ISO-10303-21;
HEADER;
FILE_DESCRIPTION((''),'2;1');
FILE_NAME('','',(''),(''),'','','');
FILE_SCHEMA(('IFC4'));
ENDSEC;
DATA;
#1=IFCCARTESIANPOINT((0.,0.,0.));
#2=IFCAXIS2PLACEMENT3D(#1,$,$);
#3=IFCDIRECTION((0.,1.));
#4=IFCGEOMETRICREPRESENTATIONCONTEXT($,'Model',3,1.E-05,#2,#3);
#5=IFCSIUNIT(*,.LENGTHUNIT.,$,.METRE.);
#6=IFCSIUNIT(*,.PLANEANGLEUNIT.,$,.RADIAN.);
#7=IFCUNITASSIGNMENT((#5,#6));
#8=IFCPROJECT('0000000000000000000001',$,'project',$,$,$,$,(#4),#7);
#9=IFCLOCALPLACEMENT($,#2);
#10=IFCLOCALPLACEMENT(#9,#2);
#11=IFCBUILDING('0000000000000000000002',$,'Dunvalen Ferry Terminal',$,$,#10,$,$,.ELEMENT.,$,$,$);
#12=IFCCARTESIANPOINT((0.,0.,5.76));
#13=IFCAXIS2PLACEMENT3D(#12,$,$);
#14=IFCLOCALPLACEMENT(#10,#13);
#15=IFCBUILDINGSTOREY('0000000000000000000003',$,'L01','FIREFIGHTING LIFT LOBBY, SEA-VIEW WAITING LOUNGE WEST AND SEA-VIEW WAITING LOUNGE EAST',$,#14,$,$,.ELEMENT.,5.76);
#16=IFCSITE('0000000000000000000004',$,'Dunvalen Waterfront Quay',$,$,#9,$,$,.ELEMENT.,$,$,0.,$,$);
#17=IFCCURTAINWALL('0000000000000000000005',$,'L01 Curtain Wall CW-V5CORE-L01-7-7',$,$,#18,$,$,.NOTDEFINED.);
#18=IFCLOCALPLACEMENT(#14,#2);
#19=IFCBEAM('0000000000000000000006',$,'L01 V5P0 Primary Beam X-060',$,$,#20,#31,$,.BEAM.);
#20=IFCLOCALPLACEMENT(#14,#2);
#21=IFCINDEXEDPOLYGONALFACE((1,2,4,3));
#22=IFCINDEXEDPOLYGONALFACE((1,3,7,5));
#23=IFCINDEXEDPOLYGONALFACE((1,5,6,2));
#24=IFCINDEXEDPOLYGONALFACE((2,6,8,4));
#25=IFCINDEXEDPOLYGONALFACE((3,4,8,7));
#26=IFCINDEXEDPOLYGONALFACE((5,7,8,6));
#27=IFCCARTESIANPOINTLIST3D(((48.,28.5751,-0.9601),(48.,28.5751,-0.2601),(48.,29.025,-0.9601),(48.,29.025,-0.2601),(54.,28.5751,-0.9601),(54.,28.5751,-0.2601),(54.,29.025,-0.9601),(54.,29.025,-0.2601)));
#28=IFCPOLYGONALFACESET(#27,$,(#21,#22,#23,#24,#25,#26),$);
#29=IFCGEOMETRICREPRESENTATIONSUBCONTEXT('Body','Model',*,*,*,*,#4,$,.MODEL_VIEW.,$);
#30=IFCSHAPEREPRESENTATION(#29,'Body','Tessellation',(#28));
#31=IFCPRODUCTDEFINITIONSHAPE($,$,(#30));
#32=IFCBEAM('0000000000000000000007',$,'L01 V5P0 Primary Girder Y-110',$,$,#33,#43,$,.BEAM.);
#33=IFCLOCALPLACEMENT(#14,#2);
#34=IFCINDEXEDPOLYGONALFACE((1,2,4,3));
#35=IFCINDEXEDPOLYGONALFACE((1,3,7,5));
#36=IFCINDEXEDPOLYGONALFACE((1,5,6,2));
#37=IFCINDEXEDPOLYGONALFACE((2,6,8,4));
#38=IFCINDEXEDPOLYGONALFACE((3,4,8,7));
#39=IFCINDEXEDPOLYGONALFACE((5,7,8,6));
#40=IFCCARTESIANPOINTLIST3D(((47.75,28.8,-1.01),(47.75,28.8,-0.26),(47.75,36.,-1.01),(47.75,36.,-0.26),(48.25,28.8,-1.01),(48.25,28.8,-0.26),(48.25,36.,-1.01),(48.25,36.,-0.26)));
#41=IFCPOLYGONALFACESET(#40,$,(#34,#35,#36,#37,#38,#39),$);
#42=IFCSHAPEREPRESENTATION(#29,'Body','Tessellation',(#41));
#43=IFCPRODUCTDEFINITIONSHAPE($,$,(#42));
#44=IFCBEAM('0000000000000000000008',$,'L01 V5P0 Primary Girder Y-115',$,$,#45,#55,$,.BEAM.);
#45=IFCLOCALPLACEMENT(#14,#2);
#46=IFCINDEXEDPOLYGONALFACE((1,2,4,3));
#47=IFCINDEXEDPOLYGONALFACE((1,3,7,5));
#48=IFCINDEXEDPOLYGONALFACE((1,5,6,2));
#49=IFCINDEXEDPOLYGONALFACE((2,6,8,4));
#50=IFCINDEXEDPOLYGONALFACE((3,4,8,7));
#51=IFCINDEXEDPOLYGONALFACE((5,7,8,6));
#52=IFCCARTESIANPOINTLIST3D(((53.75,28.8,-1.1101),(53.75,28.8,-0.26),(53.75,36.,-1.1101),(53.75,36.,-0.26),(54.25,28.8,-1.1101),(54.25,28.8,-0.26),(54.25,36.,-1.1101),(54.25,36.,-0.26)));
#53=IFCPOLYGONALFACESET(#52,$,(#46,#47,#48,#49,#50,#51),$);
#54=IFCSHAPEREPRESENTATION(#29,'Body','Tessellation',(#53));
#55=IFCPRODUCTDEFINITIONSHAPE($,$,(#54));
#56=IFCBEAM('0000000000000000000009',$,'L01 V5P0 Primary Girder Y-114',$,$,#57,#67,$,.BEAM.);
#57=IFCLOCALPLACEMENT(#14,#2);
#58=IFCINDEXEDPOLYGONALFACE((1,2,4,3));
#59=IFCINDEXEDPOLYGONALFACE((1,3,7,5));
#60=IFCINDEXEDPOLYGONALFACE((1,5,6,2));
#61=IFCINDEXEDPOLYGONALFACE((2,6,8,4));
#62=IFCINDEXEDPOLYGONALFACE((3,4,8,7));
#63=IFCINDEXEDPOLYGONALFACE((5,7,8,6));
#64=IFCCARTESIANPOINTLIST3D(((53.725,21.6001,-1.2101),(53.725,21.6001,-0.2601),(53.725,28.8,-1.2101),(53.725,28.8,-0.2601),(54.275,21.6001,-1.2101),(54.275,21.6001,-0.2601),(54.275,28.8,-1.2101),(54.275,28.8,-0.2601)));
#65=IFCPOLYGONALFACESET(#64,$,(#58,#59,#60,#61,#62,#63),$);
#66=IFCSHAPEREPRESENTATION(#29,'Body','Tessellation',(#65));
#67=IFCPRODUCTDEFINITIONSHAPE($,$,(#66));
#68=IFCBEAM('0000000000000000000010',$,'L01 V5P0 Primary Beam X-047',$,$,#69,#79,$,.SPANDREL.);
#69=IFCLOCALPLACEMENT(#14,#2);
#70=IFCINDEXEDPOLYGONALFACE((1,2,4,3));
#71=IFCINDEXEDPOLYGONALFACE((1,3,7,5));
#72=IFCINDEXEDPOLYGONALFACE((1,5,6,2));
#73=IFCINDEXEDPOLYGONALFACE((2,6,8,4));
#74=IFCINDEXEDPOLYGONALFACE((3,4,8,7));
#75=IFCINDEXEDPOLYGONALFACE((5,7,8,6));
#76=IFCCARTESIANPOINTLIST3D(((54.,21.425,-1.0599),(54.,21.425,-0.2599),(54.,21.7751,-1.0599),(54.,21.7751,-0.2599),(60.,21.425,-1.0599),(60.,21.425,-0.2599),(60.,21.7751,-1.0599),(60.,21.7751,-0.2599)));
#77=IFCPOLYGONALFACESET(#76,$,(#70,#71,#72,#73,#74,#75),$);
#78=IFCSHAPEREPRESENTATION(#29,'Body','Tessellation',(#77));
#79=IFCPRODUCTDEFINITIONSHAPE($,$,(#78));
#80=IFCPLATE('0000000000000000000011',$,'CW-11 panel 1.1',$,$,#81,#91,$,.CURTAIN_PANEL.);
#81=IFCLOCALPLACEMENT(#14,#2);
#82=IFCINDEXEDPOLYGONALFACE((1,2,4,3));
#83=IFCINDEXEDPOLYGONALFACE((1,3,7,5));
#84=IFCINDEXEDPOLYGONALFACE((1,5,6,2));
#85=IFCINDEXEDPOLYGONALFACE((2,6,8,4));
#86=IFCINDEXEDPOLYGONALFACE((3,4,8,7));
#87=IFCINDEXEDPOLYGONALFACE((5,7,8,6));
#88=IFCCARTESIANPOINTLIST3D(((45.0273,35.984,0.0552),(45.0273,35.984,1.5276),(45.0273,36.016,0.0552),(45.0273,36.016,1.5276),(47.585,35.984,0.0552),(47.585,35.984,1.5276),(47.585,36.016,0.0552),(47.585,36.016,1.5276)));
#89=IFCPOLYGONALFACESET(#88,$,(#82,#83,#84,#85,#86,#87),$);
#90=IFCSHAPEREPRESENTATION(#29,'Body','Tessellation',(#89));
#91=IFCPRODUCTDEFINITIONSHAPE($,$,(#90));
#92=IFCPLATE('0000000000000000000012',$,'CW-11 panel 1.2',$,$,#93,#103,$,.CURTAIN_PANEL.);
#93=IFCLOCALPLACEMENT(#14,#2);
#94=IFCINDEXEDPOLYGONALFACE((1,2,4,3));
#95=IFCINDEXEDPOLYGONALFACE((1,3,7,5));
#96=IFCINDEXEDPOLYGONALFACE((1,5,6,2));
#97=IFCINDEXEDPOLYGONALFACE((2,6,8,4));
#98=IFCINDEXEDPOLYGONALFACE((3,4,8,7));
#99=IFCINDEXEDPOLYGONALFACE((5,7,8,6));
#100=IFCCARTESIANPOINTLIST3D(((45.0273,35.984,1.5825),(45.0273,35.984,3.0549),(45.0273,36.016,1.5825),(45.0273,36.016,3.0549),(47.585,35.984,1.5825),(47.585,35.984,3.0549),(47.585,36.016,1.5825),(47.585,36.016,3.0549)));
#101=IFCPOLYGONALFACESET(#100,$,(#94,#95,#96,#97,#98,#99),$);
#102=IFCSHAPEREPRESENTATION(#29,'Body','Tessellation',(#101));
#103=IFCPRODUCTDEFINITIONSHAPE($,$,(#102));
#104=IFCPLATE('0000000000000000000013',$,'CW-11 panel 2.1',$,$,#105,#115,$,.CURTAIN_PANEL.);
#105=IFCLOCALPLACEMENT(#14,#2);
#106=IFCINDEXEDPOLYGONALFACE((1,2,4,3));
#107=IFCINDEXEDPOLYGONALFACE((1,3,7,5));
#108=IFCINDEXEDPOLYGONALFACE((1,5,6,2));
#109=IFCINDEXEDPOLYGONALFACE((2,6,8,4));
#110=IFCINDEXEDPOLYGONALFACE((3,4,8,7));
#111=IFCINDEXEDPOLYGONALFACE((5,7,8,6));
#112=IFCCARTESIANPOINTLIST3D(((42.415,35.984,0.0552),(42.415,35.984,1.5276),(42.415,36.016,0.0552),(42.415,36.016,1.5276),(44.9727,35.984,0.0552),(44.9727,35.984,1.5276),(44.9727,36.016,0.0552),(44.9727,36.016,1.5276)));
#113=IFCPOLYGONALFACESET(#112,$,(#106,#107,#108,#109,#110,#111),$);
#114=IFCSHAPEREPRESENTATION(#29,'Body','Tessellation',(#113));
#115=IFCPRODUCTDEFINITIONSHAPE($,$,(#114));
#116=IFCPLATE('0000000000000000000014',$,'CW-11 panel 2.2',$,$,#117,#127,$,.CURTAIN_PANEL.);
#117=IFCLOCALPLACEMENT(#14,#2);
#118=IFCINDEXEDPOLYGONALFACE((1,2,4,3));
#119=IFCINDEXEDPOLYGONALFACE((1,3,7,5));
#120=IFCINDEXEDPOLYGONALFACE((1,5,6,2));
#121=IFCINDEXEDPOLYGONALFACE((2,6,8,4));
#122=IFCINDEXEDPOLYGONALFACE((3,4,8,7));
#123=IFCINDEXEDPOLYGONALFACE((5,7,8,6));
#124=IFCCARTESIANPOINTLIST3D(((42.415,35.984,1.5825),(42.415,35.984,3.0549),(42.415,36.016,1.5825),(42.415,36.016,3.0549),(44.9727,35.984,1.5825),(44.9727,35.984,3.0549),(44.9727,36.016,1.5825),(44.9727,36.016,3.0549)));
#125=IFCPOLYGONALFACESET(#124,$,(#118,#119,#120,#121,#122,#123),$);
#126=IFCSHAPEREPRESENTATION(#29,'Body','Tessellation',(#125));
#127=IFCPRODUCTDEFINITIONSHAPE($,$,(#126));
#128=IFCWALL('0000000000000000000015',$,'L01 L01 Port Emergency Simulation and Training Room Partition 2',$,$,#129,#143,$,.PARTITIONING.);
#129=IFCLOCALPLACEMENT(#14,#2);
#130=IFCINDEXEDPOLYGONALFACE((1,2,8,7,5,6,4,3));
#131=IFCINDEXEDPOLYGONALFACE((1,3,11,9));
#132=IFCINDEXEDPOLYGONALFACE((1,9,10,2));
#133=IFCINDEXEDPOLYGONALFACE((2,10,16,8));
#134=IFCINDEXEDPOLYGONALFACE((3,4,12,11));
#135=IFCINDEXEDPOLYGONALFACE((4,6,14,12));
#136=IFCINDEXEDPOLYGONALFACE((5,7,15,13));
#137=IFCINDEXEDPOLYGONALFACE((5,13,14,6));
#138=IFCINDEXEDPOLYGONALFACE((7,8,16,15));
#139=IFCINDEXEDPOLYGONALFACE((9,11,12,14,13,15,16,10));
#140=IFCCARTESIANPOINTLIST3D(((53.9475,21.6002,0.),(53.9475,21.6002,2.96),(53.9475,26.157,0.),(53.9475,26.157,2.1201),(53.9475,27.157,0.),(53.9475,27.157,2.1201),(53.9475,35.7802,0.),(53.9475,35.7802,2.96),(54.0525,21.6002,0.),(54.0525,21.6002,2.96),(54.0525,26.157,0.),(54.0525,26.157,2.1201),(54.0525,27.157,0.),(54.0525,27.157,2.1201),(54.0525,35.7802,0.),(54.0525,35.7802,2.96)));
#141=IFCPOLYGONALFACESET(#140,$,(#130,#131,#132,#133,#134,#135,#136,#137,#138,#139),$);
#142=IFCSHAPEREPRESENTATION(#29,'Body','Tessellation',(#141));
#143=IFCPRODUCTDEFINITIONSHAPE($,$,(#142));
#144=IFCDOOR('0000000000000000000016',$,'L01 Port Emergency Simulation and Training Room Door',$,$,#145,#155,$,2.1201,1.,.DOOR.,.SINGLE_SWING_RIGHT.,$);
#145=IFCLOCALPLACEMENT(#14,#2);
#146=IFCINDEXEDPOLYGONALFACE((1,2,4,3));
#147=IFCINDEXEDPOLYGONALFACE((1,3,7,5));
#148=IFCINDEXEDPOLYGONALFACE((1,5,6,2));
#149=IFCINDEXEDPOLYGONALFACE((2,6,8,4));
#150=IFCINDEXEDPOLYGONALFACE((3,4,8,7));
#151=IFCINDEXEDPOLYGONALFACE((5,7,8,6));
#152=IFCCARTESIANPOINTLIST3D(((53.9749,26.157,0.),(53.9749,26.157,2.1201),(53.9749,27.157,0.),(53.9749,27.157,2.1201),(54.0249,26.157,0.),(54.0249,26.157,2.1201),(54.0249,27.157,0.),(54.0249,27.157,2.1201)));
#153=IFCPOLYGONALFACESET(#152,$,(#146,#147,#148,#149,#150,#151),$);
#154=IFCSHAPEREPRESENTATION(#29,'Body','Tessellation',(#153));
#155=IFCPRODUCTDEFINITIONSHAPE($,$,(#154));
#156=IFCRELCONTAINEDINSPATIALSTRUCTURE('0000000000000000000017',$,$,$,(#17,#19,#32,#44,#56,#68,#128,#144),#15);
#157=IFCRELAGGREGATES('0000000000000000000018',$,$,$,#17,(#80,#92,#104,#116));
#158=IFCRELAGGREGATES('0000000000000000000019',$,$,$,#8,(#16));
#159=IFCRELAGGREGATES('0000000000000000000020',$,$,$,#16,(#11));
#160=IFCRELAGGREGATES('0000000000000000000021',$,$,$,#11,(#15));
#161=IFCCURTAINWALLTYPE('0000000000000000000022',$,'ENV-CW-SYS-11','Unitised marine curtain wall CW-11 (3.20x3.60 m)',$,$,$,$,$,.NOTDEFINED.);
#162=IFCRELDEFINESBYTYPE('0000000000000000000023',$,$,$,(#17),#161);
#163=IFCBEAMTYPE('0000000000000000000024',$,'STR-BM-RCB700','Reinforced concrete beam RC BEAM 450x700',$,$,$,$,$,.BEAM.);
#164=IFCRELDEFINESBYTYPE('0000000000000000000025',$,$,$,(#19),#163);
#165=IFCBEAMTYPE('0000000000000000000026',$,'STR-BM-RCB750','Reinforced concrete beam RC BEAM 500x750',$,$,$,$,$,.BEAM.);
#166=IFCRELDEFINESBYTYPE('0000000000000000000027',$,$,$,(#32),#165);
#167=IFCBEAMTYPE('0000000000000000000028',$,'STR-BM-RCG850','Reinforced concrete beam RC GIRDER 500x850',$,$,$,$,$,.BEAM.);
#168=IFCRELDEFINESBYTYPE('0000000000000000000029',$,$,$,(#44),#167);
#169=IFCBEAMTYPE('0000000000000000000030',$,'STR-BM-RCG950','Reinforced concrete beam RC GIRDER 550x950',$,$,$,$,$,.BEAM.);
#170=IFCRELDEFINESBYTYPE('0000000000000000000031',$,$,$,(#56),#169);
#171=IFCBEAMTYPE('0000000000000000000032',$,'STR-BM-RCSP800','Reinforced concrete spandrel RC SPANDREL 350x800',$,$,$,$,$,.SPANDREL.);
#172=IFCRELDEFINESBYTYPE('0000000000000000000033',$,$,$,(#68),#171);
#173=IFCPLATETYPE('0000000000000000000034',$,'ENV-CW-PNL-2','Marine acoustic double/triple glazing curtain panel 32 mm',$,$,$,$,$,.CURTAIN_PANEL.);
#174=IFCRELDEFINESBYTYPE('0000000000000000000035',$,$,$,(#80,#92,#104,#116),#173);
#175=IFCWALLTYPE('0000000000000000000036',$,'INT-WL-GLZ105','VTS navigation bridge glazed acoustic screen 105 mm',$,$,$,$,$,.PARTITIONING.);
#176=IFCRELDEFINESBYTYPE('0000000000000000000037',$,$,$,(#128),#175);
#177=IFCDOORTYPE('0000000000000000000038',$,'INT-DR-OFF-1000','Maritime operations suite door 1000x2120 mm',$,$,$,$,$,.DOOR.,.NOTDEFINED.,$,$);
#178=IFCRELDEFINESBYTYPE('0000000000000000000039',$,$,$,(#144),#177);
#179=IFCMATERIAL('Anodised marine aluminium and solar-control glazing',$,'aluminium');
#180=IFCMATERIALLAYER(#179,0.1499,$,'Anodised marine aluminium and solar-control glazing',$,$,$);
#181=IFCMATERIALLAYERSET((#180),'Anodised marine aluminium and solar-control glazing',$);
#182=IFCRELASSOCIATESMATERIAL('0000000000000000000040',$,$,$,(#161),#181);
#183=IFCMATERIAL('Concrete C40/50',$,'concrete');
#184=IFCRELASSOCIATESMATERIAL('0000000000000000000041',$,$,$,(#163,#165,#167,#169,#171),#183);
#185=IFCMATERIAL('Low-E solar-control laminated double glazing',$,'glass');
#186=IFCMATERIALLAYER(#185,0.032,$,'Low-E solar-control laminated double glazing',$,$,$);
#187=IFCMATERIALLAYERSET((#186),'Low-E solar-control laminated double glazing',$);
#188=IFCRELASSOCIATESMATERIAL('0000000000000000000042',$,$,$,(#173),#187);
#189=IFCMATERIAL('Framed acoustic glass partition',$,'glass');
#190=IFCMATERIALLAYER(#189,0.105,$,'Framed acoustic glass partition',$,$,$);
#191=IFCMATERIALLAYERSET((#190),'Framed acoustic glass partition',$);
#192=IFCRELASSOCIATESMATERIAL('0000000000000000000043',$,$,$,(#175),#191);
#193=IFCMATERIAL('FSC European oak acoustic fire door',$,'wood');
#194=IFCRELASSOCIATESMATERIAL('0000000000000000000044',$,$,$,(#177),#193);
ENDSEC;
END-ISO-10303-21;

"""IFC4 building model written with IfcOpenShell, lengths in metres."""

from ifc_helpers import new_model, si_unit, direction, frame, frame_2d, origin, origin_2d, place, context, subcontext, project, spatial, rectangle, extrude, material, layer, layer_set, material_profile, profile_set, type_object, element, fill, aggregate, save


model = new_model("IFC4")

# Units and contexts
model_context = context("Model", 3, precision=1e-05, world=origin(), true_north=direction((0.0, 1.0)))
body_context = subcontext(model_context, "Body", "Model", "MODEL_VIEW")
ifc_project = project(units=[si_unit("LENGTHUNIT", "METRE"), si_unit("PLANEANGLEUNIT", "RADIAN")], contexts=[model_context])

# Site, building, storey
site_placement = place(None, origin())
site = spatial("IfcSite", under=ifc_project, at=site_placement, Name="Dunvalen Waterfront Quay", CompositionType="ELEMENT", RefElevation=0.0)
building_placement = place(site_placement, origin())
building = spatial("IfcBuilding", under=site, at=building_placement, Name="Dunvalen Ferry Terminal", CompositionType="ELEMENT")
storey_placement = place(building_placement, frame((0.0, 0.0, 5.76)))
storey = spatial("IfcBuildingStorey", under=building, at=storey_placement, Name="L01", Description="FIREFIGHTING LIFT LOBBY, SEA-VIEW WAITING LOUNGE WEST AND SEA-VIEW WAITING LOUNGE EAST", CompositionType="ELEMENT", Elevation=5.76)

# Shared definitions
ifc_material_1 = material(Name="Concrete C40/50", Category="concrete")

# Curtain wall
ifc_material_2 = material(Name="Anodised marine aluminium and solar-control glazing", Category="aluminium")
ifc_layer_1 = layer(ifc_material_2, 0.1499, Name="Anodised marine aluminium and solar-control glazing")
ifc_layer_set_1 = layer_set([ifc_layer_1], Name="Anodised marine aluminium and solar-control glazing")
curtain_wall_type = type_object("IfcCurtainWallType", Name="ENV-CW-SYS-11", Description="Unitised marine curtain wall CW-11 (3.20x3.60 m)", PredefinedType="NOTDEFINED", material=ifc_layer_set_1)
curtain_wall_placement = place(storey_placement, origin())
curtain_wall = element("IfcCurtainWall", 1, at=curtain_wall_placement, inside=storey, type_object=curtain_wall_type, Name="L01 Curtain Wall CW-V5CORE-L01-7-7", PredefinedType="NOTDEFINED")

# Beams
ifc_material_profile_1 = material_profile(ifc_material_1, rectangle(XDim=0.45, YDim=0.7, at=origin_2d()), Name="Concrete C40/50")
ifc_profile_set_1 = profile_set([ifc_material_profile_1], Name="Concrete C40/50")
beam_type_1 = type_object("IfcBeamType", Name="STR-BM-RCB700", Description="Reinforced concrete beam RC BEAM 450x700", PredefinedType="BEAM", material=ifc_profile_set_1)
beam_1_placement = place(storey_placement, frame((48.0, 28.8, -0.6101), z_axis=(1.0, 0.0, 0.0), x_axis=(0.0, 1.0, 0.0)))
element("IfcBeam", 2, at=beam_1_placement, inside=storey, type_object=beam_type_1, Name="L01 V5P0 Primary Beam X-060", PredefinedType="BEAM", context=body_context, shape_type="SweptSolid", body=[
    extrude(rectangle(XDim=0.45, YDim=0.7, at=origin_2d()), origin(), (0.0, 0.0, 1.0), 6.0),
])
ifc_material_profile_2 = material_profile(ifc_material_1, rectangle(XDim=0.5, YDim=0.75, at=origin_2d()), Name="Concrete C40/50")
ifc_profile_set_2 = profile_set([ifc_material_profile_2], Name="Concrete C40/50")
beam_type_2 = type_object("IfcBeamType", Name="STR-BM-RCB750", Description="Reinforced concrete beam RC BEAM 500x750", PredefinedType="BEAM", material=ifc_profile_set_2)
beam_2_placement = place(storey_placement, frame((48.0, 28.8, -0.635), z_axis=(0.0, 1.0, 0.0), x_axis=(-1.0, 0.0, 0.0)))
element("IfcBeam", 3, at=beam_2_placement, inside=storey, type_object=beam_type_2, Name="L01 V5P0 Primary Girder Y-110", PredefinedType="BEAM", context=body_context, shape_type="SweptSolid", body=[
    extrude(rectangle(XDim=0.5, YDim=0.75, at=origin_2d()), origin(), (0.0, 0.0, 1.0), 7.2),
])
ifc_material_profile_3 = material_profile(ifc_material_1, rectangle(XDim=0.5, YDim=0.8501, at=origin_2d()), Name="Concrete C40/50")
ifc_profile_set_3 = profile_set([ifc_material_profile_3], Name="Concrete C40/50")
beam_type_3 = type_object("IfcBeamType", Name="STR-BM-RCG850", Description="Reinforced concrete beam RC GIRDER 500x850", PredefinedType="BEAM", material=ifc_profile_set_3)
beam_3_placement = place(storey_placement, frame((54.0, 28.8, -0.6851), z_axis=(0.0, 1.0, 0.0), x_axis=(-1.0, 0.0, 0.0)))
element("IfcBeam", 4, at=beam_3_placement, inside=storey, type_object=beam_type_3, Name="L01 V5P0 Primary Girder Y-115", PredefinedType="BEAM", context=body_context, shape_type="SweptSolid", body=[
    extrude(rectangle(XDim=0.5, YDim=0.8501, at=origin_2d()), origin(), (0.0, 0.0, 1.0), 7.2),
])
ifc_material_profile_4 = material_profile(ifc_material_1, rectangle(XDim=0.55, YDim=0.95, at=origin_2d()), Name="Concrete C40/50")
ifc_profile_set_4 = profile_set([ifc_material_profile_4], Name="Concrete C40/50")
beam_type_4 = type_object("IfcBeamType", Name="STR-BM-RCG950", Description="Reinforced concrete beam RC GIRDER 550x950", PredefinedType="BEAM", material=ifc_profile_set_4)
beam_4_placement = place(storey_placement, frame((54.0, 21.6001, -0.7351), z_axis=(0.0, 1.0, 0.0), x_axis=(-1.0, 0.0, 0.0)))
element("IfcBeam", 5, at=beam_4_placement, inside=storey, type_object=beam_type_4, Name="L01 V5P0 Primary Girder Y-114", PredefinedType="BEAM", context=body_context, shape_type="SweptSolid", body=[
    extrude(rectangle(XDim=0.55, YDim=0.95, at=origin_2d()), origin(), (0.0, 0.0, 1.0), 7.2),
])
ifc_material_profile_5 = material_profile(ifc_material_1, rectangle(XDim=0.3501, YDim=0.8, at=origin_2d()), Name="Concrete C40/50")
ifc_profile_set_5 = profile_set([ifc_material_profile_5], Name="Concrete C40/50")
beam_type_5 = type_object("IfcBeamType", Name="STR-BM-RCSP800", Description="Reinforced concrete spandrel RC SPANDREL 350x800", PredefinedType="SPANDREL", material=ifc_profile_set_5)
beam_5_placement = place(storey_placement, frame((54.0, 21.6001, -0.6599), z_axis=(1.0, 0.0, 0.0), x_axis=(0.0, 1.0, 0.0)))
element("IfcBeam", 6, at=beam_5_placement, inside=storey, type_object=beam_type_5, Name="L01 V5P0 Primary Beam X-047", PredefinedType="SPANDREL", context=body_context, shape_type="SweptSolid", body=[
    extrude(rectangle(XDim=0.3501, YDim=0.8, at=origin_2d()), origin(), (0.0, 0.0, 1.0), 6.0),
])

# Plates
ifc_material_3 = material(Name="Low-E solar-control laminated double glazing", Category="glass")
ifc_layer_2 = layer(ifc_material_3, 0.032, Name="Low-E solar-control laminated double glazing")
ifc_layer_set_2 = layer_set([ifc_layer_2], Name="Low-E solar-control laminated double glazing")
plate_type = type_object("IfcPlateType", Name="ENV-CW-PNL-2", Description="Marine acoustic double/triple glazing curtain panel 32 mm", PredefinedType="CURTAIN_PANEL", material=ifc_layer_set_2)
plate_1_placement = place(storey_placement, frame((46.3062, 36.0, 0.0552), z_axis=(0.0, 0.0, 1.0), x_axis=(-1.0, 0.0, 0.0)))
plate_1 = element("IfcPlate", 7, at=plate_1_placement, type_object=plate_type, Name="CW-11 panel 1.1", PredefinedType="CURTAIN_PANEL", context=body_context, shape_type="SweptSolid", body=[
    extrude(rectangle(XDim=2.5576, YDim=0.032, at=origin_2d()), origin(), (0.0, 0.0, 1.0), 1.4724),
])
plate_2_placement = place(storey_placement, frame((46.3062, 36.0, 1.5825), z_axis=(0.0, 0.0, 1.0), x_axis=(-1.0, 0.0, 0.0)))
plate_2 = element("IfcPlate", 8, at=plate_2_placement, type_object=plate_type, Name="CW-11 panel 1.2", PredefinedType="CURTAIN_PANEL", context=body_context, shape_type="SweptSolid", body=[
    extrude(rectangle(XDim=2.5576, YDim=0.032, at=origin_2d()), origin(), (0.0, 0.0, 1.0), 1.4724),
])
plate_3_placement = place(storey_placement, frame((43.6938, 36.0, 0.0552), z_axis=(0.0, 0.0, 1.0), x_axis=(-1.0, 0.0, 0.0)))
plate_3 = element("IfcPlate", 9, at=plate_3_placement, type_object=plate_type, Name="CW-11 panel 2.1", PredefinedType="CURTAIN_PANEL", context=body_context, shape_type="SweptSolid", body=[
    extrude(rectangle(XDim=2.5576, YDim=0.032, at=origin_2d()), origin(), (0.0, 0.0, 1.0), 1.4724),
])
plate_4_placement = place(storey_placement, frame((43.6938, 36.0, 1.5825), z_axis=(0.0, 0.0, 1.0), x_axis=(-1.0, 0.0, 0.0)))
plate_4 = element("IfcPlate", 10, at=plate_4_placement, type_object=plate_type, Name="CW-11 panel 2.2", PredefinedType="CURTAIN_PANEL", context=body_context, shape_type="SweptSolid", body=[
    extrude(rectangle(XDim=2.5576, YDim=0.032, at=origin_2d()), origin(), (0.0, 0.0, 1.0), 1.4724),
])
aggregate(curtain_wall, [plate_1, plate_2, plate_3, plate_4])

# Wall, opening, door
ifc_material_4 = material(Name="Framed acoustic glass partition", Category="glass")
ifc_layer_3 = layer(ifc_material_4, 0.105, Name="Framed acoustic glass partition")
ifc_layer_set_3 = layer_set([ifc_layer_3], Name="Framed acoustic glass partition")
wall_type = type_object("IfcWallType", Name="INT-WL-GLZ105", Description="VTS navigation bridge glazed acoustic screen 105 mm", PredefinedType="PARTITIONING", material=ifc_layer_set_3)
wall_placement = place(storey_placement, frame((54.0, 35.78, 0.0), z_axis=(0.0, 0.0, 1.0), x_axis=(0.0, -1.0, 0.0)))
wall = element("IfcWall", 11, at=wall_placement, inside=storey, type_object=wall_type, Name="L01 L01 Port Emergency Simulation and Training Room Partition 2", PredefinedType="PARTITIONING", context=body_context, shape_type="SweptSolid", body=[
    extrude(rectangle(XDim=14.1799, YDim=0.105, at=frame_2d((7.0898, 0.0))), origin(), (0.0, 0.0, 1.0), 2.96),
])
opening_placement = place(wall_placement, frame((8.623, 0.0, 0.0)))
opening = element("IfcOpeningElement", 12, at=opening_placement, cuts=wall, PredefinedType="OPENING", context=body_context, shape_type="SweptSolid", body=[
    extrude(rectangle(XDim=1.0, YDim=2.1201, at=frame_2d((0.5, 1.0601))), frame((0.0, 0.0625, 0.0), z_axis=(0.0, -1.0, 0.0), x_axis=(1.0, 0.0, 0.0)), (0.0, 0.0, 1.0), 0.125),
])
ifc_material_5 = material(Name="FSC European oak acoustic fire door", Category="wood")
door_type = type_object("IfcDoorType", Name="INT-DR-OFF-1000", Description="Maritime operations suite door 1000x2120 mm", OperationType="NOTDEFINED", PredefinedType="DOOR", material=ifc_material_5)
door_placement = place(opening_placement, origin())
door = element("IfcDoor", 13, at=door_placement, inside=storey, type_object=door_type, Name="L01 Port Emergency Simulation and Training Room Door", OperationType="SINGLE_SWING_RIGHT", OverallHeight=2.1201, OverallWidth=1.0, PredefinedType="DOOR", context=body_context, shape_type="SweptSolid", body=[
    extrude(rectangle(XDim=1.0, YDim=2.1201, at=frame_2d((0.5, 1.0601))), frame((0.0, 0.0249, 0.0), z_axis=(0.0, -1.0, 0.0), x_axis=(1.0, 0.0, 0.0)), (0.0, 0.0, 1.0), 0.05),
])
fill(opening, door)

save(model, "model.ifc")
